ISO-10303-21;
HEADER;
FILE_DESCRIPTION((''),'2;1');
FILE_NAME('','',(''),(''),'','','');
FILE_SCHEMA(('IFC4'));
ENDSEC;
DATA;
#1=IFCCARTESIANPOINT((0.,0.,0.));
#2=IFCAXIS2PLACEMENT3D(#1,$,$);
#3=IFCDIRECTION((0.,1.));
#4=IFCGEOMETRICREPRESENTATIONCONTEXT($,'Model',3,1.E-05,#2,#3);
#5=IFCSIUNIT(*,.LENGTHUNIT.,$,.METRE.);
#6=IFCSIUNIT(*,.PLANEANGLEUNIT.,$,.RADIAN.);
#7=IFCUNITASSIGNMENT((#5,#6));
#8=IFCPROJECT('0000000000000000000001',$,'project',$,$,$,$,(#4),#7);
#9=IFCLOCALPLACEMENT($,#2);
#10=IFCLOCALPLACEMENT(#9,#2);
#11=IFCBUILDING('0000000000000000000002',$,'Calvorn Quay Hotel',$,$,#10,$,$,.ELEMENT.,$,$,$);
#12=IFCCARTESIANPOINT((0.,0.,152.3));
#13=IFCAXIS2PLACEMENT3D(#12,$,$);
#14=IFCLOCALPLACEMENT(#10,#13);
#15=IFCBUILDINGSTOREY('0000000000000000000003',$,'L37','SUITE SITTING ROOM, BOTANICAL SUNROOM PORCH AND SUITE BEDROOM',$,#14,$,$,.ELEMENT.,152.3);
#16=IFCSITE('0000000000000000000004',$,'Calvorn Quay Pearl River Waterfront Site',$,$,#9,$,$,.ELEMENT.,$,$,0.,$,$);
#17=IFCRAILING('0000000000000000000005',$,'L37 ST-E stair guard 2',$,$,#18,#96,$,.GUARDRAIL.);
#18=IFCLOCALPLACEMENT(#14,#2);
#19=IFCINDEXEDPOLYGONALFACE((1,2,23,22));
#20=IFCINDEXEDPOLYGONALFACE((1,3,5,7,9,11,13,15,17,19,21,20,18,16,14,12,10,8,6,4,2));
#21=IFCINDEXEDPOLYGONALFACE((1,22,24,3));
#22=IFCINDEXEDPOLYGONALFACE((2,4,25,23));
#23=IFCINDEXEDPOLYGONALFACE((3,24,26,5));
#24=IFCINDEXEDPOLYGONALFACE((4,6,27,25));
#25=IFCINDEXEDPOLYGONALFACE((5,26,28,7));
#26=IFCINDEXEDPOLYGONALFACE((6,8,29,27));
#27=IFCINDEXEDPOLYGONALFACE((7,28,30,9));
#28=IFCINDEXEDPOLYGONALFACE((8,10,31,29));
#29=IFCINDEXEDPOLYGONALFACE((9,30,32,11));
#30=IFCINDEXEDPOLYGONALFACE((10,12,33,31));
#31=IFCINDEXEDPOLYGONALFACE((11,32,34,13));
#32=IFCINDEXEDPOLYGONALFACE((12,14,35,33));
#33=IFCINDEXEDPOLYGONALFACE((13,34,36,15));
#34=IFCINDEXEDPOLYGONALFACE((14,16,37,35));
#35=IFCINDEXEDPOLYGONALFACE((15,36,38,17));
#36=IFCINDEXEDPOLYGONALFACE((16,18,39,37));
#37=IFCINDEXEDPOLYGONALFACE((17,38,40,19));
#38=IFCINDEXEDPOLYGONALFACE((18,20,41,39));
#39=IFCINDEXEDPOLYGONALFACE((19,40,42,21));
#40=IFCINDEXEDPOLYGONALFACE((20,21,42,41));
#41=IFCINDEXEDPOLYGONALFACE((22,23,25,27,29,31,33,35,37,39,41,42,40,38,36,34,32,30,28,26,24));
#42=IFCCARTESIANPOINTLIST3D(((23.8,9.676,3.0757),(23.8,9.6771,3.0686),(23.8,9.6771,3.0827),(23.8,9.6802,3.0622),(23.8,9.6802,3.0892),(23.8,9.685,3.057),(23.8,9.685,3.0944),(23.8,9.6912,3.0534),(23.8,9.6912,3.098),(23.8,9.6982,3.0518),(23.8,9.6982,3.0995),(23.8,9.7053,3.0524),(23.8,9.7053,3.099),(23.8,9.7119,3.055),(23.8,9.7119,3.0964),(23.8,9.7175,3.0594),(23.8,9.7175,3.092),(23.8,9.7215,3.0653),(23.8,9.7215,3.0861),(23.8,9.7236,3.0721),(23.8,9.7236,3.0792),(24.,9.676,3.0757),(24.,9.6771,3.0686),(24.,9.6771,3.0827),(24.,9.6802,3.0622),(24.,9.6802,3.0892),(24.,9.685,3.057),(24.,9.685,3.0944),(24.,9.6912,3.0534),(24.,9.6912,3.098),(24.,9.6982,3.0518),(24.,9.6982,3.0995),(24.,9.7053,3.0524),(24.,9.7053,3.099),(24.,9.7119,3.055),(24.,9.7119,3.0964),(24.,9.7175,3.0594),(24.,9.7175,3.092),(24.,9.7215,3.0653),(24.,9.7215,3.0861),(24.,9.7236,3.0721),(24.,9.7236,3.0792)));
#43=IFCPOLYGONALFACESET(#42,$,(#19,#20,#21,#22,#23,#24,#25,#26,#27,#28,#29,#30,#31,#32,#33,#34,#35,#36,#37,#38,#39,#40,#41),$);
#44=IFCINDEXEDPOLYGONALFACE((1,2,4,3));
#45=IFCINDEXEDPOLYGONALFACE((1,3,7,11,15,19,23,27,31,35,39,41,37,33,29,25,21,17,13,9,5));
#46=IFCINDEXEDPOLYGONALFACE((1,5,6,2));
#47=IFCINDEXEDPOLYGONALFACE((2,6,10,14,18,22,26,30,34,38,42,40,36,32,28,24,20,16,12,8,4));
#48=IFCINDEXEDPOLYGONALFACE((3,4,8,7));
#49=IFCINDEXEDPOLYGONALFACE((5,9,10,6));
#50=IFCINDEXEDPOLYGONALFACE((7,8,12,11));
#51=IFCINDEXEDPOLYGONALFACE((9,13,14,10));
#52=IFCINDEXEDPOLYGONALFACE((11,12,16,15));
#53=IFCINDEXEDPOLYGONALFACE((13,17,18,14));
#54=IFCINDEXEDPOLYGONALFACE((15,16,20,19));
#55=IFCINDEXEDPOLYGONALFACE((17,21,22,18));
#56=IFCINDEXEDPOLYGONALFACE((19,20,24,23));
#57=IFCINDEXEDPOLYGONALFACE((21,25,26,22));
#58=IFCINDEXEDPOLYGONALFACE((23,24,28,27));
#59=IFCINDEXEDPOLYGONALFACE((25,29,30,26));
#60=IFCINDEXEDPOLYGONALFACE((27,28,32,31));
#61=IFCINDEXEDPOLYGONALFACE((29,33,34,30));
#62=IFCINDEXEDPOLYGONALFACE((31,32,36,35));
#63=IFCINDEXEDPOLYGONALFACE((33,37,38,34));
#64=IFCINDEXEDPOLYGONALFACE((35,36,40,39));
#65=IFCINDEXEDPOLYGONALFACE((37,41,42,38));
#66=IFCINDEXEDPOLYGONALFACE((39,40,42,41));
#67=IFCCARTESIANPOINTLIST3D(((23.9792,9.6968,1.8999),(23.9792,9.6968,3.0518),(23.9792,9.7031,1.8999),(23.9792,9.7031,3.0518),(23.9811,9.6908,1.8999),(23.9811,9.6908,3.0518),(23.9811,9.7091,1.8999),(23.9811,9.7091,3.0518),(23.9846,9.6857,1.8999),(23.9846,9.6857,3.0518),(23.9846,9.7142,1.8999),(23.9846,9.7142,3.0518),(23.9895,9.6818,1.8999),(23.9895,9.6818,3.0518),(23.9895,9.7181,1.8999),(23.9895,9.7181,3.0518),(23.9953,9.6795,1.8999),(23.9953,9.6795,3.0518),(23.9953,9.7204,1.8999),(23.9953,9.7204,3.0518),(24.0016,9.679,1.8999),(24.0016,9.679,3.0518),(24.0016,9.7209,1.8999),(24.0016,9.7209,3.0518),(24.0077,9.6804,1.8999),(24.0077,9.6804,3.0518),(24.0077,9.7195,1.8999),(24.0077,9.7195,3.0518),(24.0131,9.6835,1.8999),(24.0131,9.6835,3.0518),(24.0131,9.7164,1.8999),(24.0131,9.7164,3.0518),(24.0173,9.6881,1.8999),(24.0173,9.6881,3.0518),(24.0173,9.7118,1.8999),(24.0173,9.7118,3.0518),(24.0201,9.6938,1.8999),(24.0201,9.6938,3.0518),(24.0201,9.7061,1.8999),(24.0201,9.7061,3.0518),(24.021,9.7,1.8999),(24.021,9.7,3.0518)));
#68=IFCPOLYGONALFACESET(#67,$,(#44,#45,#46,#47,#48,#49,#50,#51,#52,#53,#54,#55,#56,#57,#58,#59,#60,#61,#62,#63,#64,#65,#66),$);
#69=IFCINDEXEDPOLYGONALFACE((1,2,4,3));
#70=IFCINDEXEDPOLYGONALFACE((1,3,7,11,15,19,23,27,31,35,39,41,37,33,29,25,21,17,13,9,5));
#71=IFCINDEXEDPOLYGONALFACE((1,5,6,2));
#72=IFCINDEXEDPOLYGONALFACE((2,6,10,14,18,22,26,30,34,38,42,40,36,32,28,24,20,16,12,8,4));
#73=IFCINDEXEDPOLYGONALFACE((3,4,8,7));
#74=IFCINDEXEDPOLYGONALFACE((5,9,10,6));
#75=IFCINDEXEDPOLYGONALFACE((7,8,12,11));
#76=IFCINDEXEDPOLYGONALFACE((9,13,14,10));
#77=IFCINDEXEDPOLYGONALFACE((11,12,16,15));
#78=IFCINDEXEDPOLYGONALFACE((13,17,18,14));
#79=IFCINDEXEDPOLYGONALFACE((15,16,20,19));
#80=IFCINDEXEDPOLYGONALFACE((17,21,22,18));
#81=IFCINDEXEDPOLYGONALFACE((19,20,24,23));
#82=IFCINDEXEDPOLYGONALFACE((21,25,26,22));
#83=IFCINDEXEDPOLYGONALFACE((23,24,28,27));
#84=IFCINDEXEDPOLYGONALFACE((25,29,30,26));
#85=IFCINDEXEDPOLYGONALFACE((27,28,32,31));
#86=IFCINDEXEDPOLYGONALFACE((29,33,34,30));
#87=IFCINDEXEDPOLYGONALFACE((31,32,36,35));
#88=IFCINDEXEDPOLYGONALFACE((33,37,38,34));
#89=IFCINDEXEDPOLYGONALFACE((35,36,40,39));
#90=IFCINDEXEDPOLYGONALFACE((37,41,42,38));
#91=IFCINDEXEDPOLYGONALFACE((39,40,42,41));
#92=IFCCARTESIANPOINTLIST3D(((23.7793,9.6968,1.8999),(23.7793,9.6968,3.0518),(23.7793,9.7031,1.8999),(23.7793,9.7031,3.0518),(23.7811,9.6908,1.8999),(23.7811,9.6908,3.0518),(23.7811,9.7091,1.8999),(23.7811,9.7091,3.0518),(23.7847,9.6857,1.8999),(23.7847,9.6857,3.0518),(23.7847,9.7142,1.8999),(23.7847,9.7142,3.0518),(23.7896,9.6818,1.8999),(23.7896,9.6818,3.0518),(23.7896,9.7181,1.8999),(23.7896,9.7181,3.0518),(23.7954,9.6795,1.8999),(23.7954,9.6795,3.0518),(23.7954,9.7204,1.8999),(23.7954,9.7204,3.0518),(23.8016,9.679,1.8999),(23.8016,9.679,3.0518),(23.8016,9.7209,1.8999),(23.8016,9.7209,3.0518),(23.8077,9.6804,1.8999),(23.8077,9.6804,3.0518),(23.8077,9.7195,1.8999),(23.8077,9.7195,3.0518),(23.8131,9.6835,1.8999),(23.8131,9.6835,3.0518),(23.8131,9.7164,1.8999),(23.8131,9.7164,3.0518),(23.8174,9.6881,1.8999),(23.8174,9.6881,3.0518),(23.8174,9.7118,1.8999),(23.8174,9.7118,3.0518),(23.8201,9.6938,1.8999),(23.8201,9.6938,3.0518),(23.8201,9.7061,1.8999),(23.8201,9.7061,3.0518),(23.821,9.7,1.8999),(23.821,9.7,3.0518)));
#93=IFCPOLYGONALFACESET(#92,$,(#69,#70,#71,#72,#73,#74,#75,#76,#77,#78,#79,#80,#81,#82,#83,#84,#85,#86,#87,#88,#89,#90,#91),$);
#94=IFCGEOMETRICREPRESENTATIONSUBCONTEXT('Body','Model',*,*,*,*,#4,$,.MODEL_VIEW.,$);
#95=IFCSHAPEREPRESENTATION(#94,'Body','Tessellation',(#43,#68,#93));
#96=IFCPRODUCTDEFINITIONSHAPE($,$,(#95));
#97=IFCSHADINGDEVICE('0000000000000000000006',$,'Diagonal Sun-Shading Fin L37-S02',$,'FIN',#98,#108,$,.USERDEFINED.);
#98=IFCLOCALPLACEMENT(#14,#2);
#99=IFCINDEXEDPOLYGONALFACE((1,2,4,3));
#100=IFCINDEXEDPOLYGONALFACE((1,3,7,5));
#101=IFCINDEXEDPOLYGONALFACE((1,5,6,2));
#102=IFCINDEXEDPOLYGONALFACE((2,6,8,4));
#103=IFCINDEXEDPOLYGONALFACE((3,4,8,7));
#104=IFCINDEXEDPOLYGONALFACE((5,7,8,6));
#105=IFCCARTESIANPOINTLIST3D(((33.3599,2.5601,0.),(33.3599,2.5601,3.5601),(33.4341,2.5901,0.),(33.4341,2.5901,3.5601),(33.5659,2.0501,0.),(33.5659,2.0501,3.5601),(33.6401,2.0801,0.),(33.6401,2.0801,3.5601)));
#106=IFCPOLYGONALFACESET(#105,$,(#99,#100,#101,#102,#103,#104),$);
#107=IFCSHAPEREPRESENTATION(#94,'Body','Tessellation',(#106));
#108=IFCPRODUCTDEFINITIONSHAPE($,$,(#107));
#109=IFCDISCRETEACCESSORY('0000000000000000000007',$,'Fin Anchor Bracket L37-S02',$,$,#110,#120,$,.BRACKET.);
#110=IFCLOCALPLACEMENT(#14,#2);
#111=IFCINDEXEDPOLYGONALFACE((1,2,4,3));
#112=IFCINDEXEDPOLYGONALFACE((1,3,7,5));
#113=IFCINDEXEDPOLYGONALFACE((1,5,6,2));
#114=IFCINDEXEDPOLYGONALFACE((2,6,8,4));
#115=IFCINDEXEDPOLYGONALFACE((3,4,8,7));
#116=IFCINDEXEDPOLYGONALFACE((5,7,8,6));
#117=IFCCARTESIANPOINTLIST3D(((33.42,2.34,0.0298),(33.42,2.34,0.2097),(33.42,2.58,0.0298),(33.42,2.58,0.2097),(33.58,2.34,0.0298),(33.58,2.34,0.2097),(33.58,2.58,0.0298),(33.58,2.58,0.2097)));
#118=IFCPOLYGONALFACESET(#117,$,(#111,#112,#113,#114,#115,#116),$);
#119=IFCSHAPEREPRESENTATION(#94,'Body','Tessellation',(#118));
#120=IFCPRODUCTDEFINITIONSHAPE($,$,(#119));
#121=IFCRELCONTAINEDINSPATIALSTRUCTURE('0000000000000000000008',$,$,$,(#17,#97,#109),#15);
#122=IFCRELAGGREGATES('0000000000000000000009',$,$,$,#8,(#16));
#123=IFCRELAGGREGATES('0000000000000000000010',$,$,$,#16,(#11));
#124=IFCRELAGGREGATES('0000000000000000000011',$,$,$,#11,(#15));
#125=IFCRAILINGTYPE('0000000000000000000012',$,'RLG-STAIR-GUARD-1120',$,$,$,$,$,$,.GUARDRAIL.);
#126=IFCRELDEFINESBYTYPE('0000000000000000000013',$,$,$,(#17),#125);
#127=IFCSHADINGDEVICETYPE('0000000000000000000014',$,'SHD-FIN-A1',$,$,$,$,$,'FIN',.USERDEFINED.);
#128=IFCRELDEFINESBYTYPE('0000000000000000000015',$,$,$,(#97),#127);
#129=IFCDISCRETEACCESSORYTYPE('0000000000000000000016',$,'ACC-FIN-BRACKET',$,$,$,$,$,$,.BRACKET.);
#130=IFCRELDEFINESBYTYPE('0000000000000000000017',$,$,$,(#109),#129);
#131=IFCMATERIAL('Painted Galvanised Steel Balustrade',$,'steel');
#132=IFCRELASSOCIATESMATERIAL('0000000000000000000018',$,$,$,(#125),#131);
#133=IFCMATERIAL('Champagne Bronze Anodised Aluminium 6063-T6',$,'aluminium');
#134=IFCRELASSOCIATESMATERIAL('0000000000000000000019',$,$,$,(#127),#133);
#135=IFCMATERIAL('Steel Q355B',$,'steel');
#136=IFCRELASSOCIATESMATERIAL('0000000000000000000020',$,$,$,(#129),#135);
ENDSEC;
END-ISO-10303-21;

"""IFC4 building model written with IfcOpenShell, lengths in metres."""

from ifc_helpers import new_model, si_unit, direction, frame, origin, origin_2d, place, context, subcontext, project, spatial, rectangle, circle, extrude, material, type_object, element, save


model = new_model("IFC4")

# Units and contexts
model_context = context("Model", 3, precision=1e-05, world=origin(), true_north=direction((0.0, 1.0)))
body_context = subcontext(model_context, "Body", "Model", "MODEL_VIEW")
ifc_project = project(units=[si_unit("LENGTHUNIT", "METRE"), si_unit("PLANEANGLEUNIT", "RADIAN")], contexts=[model_context])

# Site, building, storey
site_placement = place(None, origin())
site = spatial("IfcSite", under=ifc_project, at=site_placement, Name="Calvorn Quay Pearl River Waterfront Site", CompositionType="ELEMENT", RefElevation=0.0)
building_placement = place(site_placement, origin())
building = spatial("IfcBuilding", under=site, at=building_placement, Name="Calvorn Quay Hotel", CompositionType="ELEMENT")
storey_placement = place(building_placement, frame((0.0, 0.0, 152.3)))
storey = spatial("IfcBuildingStorey", under=building, at=storey_placement, Name="L37", Description="SUITE SITTING ROOM, BOTANICAL SUNROOM PORCH AND SUITE BEDROOM", CompositionType="ELEMENT", Elevation=152.3)

# Railing
ifc_material_1 = material(Name="Painted Galvanised Steel Balustrade", Category="steel")
railing_type_1 = type_object("IfcRailingType", Name="RLG-STAIR-GUARD-1120", PredefinedType="GUARDRAIL", material=ifc_material_1)
railing_1_placement = place(storey_placement, frame((24.0, 9.7, 1.8999)))
element("IfcRailing", 1, at=railing_1_placement, inside=storey, type_object=railing_type_1, Name="L37 ST-E stair guard 2", PredefinedType="GUARDRAIL", context=body_context, shape_type="SweptSolid", body=[
    extrude(circle(Radius=0.0239, at=origin_2d()), frame((0.0, 0.0, 1.1758), z_axis=(-1.0, 0.0, 0.0), x_axis=(0.0, -1.0, 0.0)), (0.0, 0.0, 1.0), 0.2),
    extrude(circle(Radius=0.021, at=origin_2d()), origin(), (0.0, 0.0, 1.0), 1.1519),
    extrude(circle(Radius=0.021, at=origin_2d()), frame((-0.2, 0.0, 0.0)), (0.0, 0.0, 1.0), 1.1519),
])

# Shading device
ifc_material_2 = material(Name="Champagne Bronze Anodised Aluminium 6063-T6", Category="aluminium")
shading_device_type = type_object("IfcShadingDeviceType", Name="SHD-FIN-A1", ElementType="FIN", PredefinedType="USERDEFINED", material=ifc_material_2)
shading_device_placement = place(storey_placement, frame((33.5, 2.3201, 0.0), z_axis=(0.0, 0.0, 1.0), x_axis=(-0.374607, 0.927184, 0.0)))
element("IfcShadingDevice", 2, at=shading_device_placement, inside=storey, type_object=shading_device_type, Name="Diagonal Sun-Shading Fin L37-S02", ObjectType="FIN", PredefinedType="USERDEFINED", context=body_context, shape_type="SweptSolid", body=[
    extrude(rectangle(XDim=0.55, YDim=0.0801, at=origin_2d()), origin(), (0.0, 0.0, 1.0), 3.5601),
])

# Discrete accessory
ifc_material_3 = material(Name="Steel Q355B", Category="steel")
discrete_accessory_type = type_object("IfcDiscreteAccessoryType", Name="ACC-FIN-BRACKET", PredefinedType="BRACKET", material=ifc_material_3)
discrete_accessory_placement = place(storey_placement, frame((33.5, 2.46, 0.0298), z_axis=(0.0, 0.0, 1.0), x_axis=(0.0, 1.0, 0.0)))
element("IfcDiscreteAccessory", 3, at=discrete_accessory_placement, inside=storey, type_object=discrete_accessory_type, Name="Fin Anchor Bracket L37-S02", PredefinedType="BRACKET", context=body_context, shape_type="SweptSolid", body=[
    extrude(rectangle(XDim=0.24, YDim=0.1599, at=origin_2d()), origin(), (0.0, 0.0, 1.0), 0.1799),
])

save(model, "model.ifc")
